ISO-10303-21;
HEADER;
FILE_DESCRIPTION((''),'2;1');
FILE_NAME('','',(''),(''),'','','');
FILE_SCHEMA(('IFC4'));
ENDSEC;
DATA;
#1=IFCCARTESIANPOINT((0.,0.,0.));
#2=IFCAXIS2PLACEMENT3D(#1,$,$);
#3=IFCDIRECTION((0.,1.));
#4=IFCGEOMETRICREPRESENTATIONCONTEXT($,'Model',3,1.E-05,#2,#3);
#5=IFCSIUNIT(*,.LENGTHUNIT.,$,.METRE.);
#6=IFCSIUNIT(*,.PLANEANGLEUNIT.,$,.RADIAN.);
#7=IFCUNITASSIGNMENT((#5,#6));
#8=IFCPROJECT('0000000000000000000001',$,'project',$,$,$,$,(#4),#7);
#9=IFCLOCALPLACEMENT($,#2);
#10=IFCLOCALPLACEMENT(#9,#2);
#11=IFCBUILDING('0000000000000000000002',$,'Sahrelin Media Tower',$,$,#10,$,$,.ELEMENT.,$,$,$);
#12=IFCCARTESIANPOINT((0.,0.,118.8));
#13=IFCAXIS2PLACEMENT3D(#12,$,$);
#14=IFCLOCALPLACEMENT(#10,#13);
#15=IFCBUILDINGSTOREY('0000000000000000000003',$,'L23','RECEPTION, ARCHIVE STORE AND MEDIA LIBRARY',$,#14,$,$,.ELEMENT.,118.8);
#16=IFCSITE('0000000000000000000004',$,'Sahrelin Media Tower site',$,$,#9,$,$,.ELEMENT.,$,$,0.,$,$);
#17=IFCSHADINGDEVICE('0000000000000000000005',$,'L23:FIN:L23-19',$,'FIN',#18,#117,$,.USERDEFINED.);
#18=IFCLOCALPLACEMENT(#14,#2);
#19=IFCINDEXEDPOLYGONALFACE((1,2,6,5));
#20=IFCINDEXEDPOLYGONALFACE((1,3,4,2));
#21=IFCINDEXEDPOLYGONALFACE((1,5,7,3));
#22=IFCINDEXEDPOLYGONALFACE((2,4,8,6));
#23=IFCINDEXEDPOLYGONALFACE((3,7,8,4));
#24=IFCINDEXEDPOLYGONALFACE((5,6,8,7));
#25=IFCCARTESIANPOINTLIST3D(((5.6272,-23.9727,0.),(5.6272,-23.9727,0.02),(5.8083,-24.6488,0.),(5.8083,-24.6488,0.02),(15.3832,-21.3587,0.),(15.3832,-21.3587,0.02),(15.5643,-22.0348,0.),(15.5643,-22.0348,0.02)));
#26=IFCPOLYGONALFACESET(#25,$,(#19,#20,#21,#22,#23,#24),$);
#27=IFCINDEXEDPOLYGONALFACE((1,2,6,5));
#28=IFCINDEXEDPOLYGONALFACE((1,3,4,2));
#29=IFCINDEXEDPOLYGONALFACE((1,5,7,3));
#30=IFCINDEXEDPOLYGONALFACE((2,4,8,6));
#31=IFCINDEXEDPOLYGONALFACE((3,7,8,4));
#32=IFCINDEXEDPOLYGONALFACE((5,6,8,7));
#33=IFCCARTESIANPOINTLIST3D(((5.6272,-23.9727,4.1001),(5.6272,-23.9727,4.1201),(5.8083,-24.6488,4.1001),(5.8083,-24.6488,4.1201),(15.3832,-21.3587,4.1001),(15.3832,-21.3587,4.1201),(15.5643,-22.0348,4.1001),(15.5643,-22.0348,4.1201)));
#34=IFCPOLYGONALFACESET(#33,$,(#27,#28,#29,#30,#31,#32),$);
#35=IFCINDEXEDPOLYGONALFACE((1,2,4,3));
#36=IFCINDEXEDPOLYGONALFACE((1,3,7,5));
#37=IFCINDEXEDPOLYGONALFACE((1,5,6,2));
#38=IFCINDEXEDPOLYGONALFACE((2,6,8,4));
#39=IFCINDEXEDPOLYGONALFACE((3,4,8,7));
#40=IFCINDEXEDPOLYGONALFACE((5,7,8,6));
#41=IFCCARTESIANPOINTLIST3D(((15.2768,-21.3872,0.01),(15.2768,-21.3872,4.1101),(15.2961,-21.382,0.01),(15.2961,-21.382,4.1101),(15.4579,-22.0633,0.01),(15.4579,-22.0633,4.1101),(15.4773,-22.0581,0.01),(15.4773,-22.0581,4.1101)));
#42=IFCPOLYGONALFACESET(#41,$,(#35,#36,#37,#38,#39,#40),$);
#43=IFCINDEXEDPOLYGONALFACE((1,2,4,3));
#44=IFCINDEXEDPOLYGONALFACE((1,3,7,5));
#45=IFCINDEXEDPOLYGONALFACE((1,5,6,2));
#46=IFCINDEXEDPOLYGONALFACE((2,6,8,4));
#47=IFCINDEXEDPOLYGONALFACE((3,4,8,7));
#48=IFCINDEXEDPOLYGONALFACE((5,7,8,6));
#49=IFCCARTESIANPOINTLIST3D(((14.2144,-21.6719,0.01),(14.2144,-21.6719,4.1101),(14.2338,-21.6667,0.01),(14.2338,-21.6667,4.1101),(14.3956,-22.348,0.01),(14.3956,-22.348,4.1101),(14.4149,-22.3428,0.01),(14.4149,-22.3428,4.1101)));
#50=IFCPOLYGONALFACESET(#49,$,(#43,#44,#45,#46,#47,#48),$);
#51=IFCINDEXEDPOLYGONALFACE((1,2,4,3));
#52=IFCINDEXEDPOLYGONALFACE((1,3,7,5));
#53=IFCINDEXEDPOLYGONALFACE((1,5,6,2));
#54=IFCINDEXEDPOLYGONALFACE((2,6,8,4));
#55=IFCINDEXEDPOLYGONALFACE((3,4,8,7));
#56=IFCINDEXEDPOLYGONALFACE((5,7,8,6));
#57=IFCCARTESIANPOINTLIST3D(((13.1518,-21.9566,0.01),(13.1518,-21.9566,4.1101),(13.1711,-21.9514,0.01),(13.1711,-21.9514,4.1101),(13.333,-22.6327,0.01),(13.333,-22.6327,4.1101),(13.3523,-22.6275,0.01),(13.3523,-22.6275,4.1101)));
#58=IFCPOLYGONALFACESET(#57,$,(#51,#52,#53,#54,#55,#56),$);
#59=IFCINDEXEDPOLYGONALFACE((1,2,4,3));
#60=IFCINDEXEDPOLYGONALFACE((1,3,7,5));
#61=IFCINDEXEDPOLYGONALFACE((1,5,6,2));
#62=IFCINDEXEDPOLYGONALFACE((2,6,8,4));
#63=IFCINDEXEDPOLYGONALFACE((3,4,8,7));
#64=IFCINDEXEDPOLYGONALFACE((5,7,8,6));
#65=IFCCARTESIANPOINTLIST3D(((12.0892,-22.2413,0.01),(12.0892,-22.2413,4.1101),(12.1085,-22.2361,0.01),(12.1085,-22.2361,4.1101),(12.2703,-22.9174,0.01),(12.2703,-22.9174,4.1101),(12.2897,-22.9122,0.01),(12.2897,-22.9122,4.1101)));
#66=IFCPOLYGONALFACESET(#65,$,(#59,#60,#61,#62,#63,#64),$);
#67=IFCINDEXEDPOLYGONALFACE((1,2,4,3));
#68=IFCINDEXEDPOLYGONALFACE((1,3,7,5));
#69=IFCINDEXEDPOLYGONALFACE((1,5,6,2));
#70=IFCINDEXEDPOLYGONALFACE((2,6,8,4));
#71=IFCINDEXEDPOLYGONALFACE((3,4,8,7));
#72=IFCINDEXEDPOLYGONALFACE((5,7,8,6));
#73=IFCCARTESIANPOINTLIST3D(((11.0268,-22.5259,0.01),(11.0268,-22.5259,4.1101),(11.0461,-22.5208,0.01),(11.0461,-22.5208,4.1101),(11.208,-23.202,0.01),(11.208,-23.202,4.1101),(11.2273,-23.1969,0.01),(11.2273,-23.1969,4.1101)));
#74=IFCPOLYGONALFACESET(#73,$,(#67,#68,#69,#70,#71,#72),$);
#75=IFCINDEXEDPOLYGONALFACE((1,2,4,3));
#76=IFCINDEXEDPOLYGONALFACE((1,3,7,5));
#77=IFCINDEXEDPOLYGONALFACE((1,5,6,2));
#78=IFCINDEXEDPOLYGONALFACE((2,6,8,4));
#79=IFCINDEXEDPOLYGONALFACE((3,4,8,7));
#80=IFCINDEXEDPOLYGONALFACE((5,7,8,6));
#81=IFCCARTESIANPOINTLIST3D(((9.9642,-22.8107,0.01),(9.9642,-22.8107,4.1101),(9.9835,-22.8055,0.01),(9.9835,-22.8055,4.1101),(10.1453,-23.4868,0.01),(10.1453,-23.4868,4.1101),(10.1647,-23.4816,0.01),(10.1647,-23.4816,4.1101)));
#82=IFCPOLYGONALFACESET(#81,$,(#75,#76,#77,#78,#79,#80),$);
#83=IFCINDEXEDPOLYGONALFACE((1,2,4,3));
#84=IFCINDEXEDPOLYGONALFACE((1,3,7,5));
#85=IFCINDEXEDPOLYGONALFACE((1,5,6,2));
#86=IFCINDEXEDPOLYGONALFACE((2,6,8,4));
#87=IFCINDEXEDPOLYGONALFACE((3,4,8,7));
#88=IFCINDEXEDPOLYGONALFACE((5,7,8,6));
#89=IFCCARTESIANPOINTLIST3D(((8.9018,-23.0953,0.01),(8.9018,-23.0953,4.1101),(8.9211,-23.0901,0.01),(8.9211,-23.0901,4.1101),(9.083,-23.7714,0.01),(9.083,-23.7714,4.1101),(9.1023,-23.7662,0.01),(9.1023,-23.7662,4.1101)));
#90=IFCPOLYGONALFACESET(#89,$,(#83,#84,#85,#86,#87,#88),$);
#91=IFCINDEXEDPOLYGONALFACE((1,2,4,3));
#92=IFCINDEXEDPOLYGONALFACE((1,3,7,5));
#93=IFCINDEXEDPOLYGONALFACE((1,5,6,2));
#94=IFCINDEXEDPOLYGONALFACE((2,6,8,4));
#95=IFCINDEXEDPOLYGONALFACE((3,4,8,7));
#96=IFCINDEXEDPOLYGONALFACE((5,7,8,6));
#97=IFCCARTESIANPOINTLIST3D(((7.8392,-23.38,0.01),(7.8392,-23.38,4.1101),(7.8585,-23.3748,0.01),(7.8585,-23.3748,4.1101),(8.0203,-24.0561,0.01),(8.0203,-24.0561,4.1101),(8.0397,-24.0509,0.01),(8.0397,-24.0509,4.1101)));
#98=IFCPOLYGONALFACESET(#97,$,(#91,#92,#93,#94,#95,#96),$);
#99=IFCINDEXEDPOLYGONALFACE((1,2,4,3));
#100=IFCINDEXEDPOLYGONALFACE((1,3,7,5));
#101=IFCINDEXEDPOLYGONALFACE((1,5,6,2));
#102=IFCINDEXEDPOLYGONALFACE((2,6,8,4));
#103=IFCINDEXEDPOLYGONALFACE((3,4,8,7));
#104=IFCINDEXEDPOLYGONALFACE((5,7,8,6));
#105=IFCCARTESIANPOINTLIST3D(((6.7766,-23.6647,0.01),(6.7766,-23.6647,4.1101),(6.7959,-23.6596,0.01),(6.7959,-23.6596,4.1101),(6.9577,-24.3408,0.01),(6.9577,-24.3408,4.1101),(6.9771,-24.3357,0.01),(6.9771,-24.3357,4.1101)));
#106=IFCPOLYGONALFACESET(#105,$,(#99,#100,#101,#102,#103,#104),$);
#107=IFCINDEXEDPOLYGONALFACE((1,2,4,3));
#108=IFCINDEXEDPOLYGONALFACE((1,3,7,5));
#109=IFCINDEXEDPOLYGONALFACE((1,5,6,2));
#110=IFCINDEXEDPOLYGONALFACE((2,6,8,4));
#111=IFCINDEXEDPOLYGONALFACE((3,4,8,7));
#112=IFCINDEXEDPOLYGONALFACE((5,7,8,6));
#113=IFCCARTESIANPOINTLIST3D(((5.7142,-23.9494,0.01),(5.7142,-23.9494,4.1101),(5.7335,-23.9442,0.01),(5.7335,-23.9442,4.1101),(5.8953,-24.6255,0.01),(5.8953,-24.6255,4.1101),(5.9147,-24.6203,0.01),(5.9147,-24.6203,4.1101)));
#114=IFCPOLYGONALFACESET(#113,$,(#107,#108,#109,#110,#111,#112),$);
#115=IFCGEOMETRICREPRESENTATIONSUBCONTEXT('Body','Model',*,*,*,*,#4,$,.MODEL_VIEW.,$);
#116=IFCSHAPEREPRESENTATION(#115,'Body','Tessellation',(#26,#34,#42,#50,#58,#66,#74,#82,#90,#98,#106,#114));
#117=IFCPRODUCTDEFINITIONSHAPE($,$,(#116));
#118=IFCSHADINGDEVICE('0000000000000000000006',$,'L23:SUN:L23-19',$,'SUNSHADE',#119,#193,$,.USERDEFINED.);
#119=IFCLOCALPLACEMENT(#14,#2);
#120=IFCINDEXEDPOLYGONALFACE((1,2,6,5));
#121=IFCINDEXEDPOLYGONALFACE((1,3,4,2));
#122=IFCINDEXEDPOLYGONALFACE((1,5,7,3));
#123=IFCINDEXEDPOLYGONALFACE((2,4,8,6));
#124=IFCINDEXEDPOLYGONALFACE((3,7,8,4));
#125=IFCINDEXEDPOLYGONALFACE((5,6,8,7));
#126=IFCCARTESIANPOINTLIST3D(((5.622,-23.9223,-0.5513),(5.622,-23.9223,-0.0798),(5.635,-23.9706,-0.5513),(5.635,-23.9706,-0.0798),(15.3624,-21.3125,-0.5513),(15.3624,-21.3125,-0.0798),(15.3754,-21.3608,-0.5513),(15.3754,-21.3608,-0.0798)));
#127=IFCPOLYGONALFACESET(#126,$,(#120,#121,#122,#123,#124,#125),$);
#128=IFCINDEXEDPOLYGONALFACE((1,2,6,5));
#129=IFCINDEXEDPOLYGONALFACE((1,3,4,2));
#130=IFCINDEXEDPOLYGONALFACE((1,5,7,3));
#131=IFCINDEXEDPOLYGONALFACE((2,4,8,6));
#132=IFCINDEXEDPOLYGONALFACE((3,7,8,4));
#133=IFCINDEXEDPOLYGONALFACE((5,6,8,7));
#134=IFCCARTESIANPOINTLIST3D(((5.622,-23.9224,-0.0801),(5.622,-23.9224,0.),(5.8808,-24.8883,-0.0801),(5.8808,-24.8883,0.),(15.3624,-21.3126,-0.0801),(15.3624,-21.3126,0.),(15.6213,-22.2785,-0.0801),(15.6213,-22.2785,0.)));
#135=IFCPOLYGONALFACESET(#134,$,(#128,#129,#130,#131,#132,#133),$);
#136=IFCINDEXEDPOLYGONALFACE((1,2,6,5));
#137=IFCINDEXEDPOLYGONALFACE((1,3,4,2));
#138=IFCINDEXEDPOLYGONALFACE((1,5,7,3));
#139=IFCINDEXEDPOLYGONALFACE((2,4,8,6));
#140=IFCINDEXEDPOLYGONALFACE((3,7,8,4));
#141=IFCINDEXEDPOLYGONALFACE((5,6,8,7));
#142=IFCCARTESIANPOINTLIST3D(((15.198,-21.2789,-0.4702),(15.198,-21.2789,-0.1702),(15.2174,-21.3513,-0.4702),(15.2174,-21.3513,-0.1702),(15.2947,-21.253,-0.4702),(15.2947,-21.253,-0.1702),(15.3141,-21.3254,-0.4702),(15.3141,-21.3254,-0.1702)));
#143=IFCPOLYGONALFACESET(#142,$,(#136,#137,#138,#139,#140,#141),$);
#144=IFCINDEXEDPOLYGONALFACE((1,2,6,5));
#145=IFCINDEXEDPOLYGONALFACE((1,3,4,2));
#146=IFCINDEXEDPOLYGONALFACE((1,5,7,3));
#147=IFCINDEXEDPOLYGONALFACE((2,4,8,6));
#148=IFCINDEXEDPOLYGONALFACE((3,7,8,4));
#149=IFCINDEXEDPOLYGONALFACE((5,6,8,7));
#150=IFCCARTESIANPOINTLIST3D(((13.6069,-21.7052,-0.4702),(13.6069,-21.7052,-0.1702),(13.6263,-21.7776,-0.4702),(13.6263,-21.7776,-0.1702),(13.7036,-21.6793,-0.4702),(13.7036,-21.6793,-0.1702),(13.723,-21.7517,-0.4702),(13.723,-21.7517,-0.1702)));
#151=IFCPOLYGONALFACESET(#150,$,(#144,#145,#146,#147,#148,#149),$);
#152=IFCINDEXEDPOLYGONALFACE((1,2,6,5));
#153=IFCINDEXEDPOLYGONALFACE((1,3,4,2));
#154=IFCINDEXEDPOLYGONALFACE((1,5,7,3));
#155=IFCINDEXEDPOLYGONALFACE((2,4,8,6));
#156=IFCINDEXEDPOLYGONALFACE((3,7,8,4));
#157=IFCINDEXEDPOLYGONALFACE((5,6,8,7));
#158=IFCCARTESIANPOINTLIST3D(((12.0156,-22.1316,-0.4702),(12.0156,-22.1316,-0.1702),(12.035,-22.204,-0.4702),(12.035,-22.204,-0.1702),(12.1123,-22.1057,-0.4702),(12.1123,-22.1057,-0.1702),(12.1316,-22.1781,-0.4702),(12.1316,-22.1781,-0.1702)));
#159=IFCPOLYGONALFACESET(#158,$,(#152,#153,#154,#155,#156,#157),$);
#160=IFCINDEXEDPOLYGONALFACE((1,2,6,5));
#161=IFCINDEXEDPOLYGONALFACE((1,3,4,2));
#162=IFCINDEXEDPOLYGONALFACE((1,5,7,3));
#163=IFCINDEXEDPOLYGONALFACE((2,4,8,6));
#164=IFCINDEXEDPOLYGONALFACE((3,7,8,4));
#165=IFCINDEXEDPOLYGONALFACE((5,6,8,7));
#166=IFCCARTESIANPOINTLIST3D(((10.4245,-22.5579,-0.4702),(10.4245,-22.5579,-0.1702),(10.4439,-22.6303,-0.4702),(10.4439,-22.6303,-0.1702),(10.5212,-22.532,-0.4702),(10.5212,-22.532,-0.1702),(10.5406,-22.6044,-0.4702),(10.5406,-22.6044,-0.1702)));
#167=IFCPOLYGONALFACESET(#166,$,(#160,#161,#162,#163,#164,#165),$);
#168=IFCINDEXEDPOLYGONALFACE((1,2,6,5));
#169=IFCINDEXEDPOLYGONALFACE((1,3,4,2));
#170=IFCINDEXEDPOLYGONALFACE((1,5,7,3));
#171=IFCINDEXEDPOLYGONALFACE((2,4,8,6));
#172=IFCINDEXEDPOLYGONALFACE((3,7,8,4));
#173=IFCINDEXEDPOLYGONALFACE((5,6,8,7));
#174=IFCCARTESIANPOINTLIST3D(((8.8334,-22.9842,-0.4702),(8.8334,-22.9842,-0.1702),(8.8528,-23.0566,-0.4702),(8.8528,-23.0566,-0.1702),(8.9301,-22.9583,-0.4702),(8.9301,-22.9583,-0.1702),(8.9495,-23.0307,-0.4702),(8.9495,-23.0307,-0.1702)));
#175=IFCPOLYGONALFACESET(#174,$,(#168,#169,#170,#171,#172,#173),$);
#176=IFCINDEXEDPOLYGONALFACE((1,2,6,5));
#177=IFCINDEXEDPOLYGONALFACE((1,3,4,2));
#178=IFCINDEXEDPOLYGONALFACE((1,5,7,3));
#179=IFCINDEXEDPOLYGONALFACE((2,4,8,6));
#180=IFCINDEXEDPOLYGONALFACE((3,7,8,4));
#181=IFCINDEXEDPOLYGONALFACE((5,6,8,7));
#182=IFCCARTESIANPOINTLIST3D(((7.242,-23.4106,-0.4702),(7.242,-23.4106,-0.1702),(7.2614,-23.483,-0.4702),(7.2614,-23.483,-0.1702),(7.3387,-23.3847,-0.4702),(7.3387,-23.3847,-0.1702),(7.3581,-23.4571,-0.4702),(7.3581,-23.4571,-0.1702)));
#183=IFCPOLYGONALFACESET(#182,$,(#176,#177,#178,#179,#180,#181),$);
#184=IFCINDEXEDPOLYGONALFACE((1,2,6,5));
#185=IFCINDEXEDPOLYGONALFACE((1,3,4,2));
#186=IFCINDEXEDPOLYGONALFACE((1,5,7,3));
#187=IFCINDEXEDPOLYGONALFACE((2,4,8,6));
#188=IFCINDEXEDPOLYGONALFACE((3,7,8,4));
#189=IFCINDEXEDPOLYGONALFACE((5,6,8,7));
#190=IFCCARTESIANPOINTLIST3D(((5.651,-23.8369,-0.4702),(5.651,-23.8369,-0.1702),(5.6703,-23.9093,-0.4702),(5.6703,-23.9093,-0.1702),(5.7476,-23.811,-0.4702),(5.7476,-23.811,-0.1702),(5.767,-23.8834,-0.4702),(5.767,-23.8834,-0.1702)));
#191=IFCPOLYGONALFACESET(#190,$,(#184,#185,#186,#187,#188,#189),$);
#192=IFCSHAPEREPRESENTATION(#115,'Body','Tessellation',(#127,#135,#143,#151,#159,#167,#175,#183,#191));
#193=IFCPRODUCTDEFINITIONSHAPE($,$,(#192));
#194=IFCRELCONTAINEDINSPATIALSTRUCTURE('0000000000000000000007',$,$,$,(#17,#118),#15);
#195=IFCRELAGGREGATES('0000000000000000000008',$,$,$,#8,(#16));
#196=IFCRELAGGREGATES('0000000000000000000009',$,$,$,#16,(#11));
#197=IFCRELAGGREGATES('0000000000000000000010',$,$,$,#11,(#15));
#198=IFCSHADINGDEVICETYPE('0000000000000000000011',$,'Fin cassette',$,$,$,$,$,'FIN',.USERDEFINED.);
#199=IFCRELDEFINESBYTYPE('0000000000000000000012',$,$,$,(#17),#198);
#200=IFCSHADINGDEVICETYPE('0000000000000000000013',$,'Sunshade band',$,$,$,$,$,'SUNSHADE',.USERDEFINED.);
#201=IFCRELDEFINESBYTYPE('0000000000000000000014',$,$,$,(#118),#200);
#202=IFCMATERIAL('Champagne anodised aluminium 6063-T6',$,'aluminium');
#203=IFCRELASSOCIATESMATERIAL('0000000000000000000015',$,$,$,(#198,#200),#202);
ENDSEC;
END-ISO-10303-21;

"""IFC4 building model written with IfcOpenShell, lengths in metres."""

from ifc_helpers import new_model, si_unit, direction, frame, origin, origin_2d, place, context, subcontext, project, spatial, rectangle, extrude, material, type_object, element, save


model = new_model("IFC4")

# Units and contexts
model_context = context("Model", 3, precision=1e-05, world=origin(), true_north=direction((0.0, 1.0)))
body_context = subcontext(model_context, "Body", "Model", "MODEL_VIEW")
ifc_project = project(units=[si_unit("LENGTHUNIT", "METRE"), si_unit("PLANEANGLEUNIT", "RADIAN")], contexts=[model_context])

# Site, building, storey
site_placement = place(None, origin())
site = spatial("IfcSite", under=ifc_project, at=site_placement, Name="Sahrelin Media Tower site", CompositionType="ELEMENT", RefElevation=0.0)
building_placement = place(site_placement, origin())
building = spatial("IfcBuilding", under=site, at=building_placement, Name="Sahrelin Media Tower", CompositionType="ELEMENT")
storey_placement = place(building_placement, frame((0.0, 0.0, 118.8)))
storey = spatial("IfcBuildingStorey", under=building, at=storey_placement, Name="L23", Description="RECEPTION, ARCHIVE STORE AND MEDIA LIBRARY", CompositionType="ELEMENT", Elevation=118.8)

# Shared definitions
ifc_material_1 = material(Name="Champagne anodised aluminium 6063-T6", Category="aluminium")

# Shading devices
shading_device_type_1 = type_object("IfcShadingDeviceType", Name="Fin cassette", ElementType="FIN", PredefinedType="USERDEFINED", material=ifc_material_1)
placement = place(storey_placement, frame((10.4871, -22.5981, 0.0), z_axis=(0.0, 0.0, 1.0), x_axis=(-0.965929, -0.258808, 0.0)))
element("IfcShadingDevice", 1, at=placement, inside=storey, type_object=shading_device_type_1, Name="L23:FIN:L23-19", ObjectType="FIN", PredefinedType="USERDEFINED", context=body_context, shape_type="SweptSolid", body=[
    extrude(rectangle(XDim=10.1001, YDim=0.7, at=origin_2d()), frame((0.0, 0.4199, 0.0)), (0.0, 0.0, 1.0), 0.02),
    extrude(rectangle(XDim=10.1001, YDim=0.7, at=origin_2d()), frame((0.0, 0.4199, 4.1001)), (0.0, 0.0, 1.0), 0.02),
    extrude(rectangle(XDim=0.02, YDim=0.7, at=origin_2d()), frame((-4.95, 0.4199, 0.01), z_axis=(0.0, 0.0, 1.0), x_axis=(1.0, 0.0, 0.0)), (0.0, 0.0, 1.0), 4.1001),
    extrude(rectangle(XDim=0.02, YDim=0.7, at=origin_2d()), frame((-3.8501, 0.4199, 0.01), z_axis=(0.0, 0.0, 1.0), x_axis=(1.0, 0.0, 0.0)), (0.0, 0.0, 1.0), 4.1001),
    extrude(rectangle(XDim=0.02, YDim=0.7, at=origin_2d()), frame((-2.75, 0.4199, 0.01), z_axis=(0.0, 0.0, 1.0), x_axis=(1.0, 0.0, 0.0)), (0.0, 0.0, 1.0), 4.1001),
    extrude(rectangle(XDim=0.02, YDim=0.7, at=origin_2d()), frame((-1.6499, 0.4199, 0.01), z_axis=(0.0, 0.0, 1.0), x_axis=(1.0, 0.0, 0.0)), (0.0, 0.0, 1.0), 4.1001),
    extrude(rectangle(XDim=0.02, YDim=0.7, at=origin_2d()), frame((-0.55, 0.4199, 0.01), z_axis=(0.0, 0.0, 1.0), x_axis=(1.0, 0.0, 0.0)), (0.0, 0.0, 1.0), 4.1001),
    extrude(rectangle(XDim=0.02, YDim=0.7, at=origin_2d()), frame((0.55, 0.4199, 0.01), z_axis=(0.0, 0.0, 1.0), x_axis=(1.0, 0.0, 0.0)), (0.0, 0.0, 1.0), 4.1001),
    extrude(rectangle(XDim=0.02, YDim=0.7, at=origin_2d()), frame((1.6499, 0.4199, 0.01), z_axis=(0.0, 0.0, 1.0), x_axis=(1.0, 0.0, 0.0)), (0.0, 0.0, 1.0), 4.1001),
    extrude(rectangle(XDim=0.02, YDim=0.7, at=origin_2d()), frame((2.75, 0.4199, 0.01), z_axis=(0.0, 0.0, 1.0), x_axis=(1.0, 0.0, 0.0)), (0.0, 0.0, 1.0), 4.1001),
    extrude(rectangle(XDim=0.02, YDim=0.7, at=origin_2d()), frame((3.8501, 0.4199, 0.01), z_axis=(0.0, 0.0, 1.0), x_axis=(1.0, 0.0, 0.0)), (0.0, 0.0, 1.0), 4.1001),
    extrude(rectangle(XDim=0.02, YDim=0.7, at=origin_2d()), frame((4.95, 0.4199, 0.01), z_axis=(0.0, 0.0, 1.0), x_axis=(1.0, 0.0, 0.0)), (0.0, 0.0, 1.0), 4.1001),
])
shading_device_type_2 = type_object("IfcShadingDeviceType", Name="Sunshade band", ElementType="SUNSHADE", PredefinedType="USERDEFINED", material=ifc_material_1)
element("IfcShadingDevice", 2, at=placement, inside=storey, type_object=shading_device_type_2, Name="L23:SUN:L23-19", ObjectType="SUNSHADE", PredefinedType="USERDEFINED", context=body_context, shape_type="SweptSolid", body=[
    extrude(rectangle(XDim=10.084, YDim=0.05, at=origin_2d()), frame((0.0, 0.0449, -0.5513)), (0.0, 0.0, 1.0), 0.4714),
    extrude(rectangle(XDim=10.084, YDim=1.0, at=origin_2d()), frame((0.0, 0.52, -0.0801)), (0.0, 0.0, 1.0), 0.0801),
    extrude(rectangle(XDim=0.1001, YDim=0.075, at=origin_2d()), frame((-4.9419, -0.0176, -0.4702)), (0.0, 0.0, 1.0), 0.3),
    extrude(rectangle(XDim=0.1001, YDim=0.075, at=origin_2d()), frame((-3.2947, -0.0176, -0.4702)), (0.0, 0.0, 1.0), 0.3),
    extrude(rectangle(XDim=0.1001, YDim=0.075, at=origin_2d()), frame((-1.6472, -0.0176, -0.4702)), (0.0, 0.0, 1.0), 0.3),
    extrude(rectangle(XDim=0.1001, YDim=0.075, at=origin_2d()), frame((0.0, -0.0176, -0.4702)), (0.0, 0.0, 1.0), 0.3),
    extrude(rectangle(XDim=0.1001, YDim=0.075, at=origin_2d()), frame((1.6472, -0.0176, -0.4702)), (0.0, 0.0, 1.0), 0.3),
    extrude(rectangle(XDim=0.1001, YDim=0.075, at=origin_2d()), frame((3.2947, -0.0176, -0.4702)), (0.0, 0.0, 1.0), 0.3),
    extrude(rectangle(XDim=0.1001, YDim=0.075, at=origin_2d()), frame((4.9419, -0.0176, -0.4702)), (0.0, 0.0, 1.0), 0.3),
])

save(model, "model.ifc")
